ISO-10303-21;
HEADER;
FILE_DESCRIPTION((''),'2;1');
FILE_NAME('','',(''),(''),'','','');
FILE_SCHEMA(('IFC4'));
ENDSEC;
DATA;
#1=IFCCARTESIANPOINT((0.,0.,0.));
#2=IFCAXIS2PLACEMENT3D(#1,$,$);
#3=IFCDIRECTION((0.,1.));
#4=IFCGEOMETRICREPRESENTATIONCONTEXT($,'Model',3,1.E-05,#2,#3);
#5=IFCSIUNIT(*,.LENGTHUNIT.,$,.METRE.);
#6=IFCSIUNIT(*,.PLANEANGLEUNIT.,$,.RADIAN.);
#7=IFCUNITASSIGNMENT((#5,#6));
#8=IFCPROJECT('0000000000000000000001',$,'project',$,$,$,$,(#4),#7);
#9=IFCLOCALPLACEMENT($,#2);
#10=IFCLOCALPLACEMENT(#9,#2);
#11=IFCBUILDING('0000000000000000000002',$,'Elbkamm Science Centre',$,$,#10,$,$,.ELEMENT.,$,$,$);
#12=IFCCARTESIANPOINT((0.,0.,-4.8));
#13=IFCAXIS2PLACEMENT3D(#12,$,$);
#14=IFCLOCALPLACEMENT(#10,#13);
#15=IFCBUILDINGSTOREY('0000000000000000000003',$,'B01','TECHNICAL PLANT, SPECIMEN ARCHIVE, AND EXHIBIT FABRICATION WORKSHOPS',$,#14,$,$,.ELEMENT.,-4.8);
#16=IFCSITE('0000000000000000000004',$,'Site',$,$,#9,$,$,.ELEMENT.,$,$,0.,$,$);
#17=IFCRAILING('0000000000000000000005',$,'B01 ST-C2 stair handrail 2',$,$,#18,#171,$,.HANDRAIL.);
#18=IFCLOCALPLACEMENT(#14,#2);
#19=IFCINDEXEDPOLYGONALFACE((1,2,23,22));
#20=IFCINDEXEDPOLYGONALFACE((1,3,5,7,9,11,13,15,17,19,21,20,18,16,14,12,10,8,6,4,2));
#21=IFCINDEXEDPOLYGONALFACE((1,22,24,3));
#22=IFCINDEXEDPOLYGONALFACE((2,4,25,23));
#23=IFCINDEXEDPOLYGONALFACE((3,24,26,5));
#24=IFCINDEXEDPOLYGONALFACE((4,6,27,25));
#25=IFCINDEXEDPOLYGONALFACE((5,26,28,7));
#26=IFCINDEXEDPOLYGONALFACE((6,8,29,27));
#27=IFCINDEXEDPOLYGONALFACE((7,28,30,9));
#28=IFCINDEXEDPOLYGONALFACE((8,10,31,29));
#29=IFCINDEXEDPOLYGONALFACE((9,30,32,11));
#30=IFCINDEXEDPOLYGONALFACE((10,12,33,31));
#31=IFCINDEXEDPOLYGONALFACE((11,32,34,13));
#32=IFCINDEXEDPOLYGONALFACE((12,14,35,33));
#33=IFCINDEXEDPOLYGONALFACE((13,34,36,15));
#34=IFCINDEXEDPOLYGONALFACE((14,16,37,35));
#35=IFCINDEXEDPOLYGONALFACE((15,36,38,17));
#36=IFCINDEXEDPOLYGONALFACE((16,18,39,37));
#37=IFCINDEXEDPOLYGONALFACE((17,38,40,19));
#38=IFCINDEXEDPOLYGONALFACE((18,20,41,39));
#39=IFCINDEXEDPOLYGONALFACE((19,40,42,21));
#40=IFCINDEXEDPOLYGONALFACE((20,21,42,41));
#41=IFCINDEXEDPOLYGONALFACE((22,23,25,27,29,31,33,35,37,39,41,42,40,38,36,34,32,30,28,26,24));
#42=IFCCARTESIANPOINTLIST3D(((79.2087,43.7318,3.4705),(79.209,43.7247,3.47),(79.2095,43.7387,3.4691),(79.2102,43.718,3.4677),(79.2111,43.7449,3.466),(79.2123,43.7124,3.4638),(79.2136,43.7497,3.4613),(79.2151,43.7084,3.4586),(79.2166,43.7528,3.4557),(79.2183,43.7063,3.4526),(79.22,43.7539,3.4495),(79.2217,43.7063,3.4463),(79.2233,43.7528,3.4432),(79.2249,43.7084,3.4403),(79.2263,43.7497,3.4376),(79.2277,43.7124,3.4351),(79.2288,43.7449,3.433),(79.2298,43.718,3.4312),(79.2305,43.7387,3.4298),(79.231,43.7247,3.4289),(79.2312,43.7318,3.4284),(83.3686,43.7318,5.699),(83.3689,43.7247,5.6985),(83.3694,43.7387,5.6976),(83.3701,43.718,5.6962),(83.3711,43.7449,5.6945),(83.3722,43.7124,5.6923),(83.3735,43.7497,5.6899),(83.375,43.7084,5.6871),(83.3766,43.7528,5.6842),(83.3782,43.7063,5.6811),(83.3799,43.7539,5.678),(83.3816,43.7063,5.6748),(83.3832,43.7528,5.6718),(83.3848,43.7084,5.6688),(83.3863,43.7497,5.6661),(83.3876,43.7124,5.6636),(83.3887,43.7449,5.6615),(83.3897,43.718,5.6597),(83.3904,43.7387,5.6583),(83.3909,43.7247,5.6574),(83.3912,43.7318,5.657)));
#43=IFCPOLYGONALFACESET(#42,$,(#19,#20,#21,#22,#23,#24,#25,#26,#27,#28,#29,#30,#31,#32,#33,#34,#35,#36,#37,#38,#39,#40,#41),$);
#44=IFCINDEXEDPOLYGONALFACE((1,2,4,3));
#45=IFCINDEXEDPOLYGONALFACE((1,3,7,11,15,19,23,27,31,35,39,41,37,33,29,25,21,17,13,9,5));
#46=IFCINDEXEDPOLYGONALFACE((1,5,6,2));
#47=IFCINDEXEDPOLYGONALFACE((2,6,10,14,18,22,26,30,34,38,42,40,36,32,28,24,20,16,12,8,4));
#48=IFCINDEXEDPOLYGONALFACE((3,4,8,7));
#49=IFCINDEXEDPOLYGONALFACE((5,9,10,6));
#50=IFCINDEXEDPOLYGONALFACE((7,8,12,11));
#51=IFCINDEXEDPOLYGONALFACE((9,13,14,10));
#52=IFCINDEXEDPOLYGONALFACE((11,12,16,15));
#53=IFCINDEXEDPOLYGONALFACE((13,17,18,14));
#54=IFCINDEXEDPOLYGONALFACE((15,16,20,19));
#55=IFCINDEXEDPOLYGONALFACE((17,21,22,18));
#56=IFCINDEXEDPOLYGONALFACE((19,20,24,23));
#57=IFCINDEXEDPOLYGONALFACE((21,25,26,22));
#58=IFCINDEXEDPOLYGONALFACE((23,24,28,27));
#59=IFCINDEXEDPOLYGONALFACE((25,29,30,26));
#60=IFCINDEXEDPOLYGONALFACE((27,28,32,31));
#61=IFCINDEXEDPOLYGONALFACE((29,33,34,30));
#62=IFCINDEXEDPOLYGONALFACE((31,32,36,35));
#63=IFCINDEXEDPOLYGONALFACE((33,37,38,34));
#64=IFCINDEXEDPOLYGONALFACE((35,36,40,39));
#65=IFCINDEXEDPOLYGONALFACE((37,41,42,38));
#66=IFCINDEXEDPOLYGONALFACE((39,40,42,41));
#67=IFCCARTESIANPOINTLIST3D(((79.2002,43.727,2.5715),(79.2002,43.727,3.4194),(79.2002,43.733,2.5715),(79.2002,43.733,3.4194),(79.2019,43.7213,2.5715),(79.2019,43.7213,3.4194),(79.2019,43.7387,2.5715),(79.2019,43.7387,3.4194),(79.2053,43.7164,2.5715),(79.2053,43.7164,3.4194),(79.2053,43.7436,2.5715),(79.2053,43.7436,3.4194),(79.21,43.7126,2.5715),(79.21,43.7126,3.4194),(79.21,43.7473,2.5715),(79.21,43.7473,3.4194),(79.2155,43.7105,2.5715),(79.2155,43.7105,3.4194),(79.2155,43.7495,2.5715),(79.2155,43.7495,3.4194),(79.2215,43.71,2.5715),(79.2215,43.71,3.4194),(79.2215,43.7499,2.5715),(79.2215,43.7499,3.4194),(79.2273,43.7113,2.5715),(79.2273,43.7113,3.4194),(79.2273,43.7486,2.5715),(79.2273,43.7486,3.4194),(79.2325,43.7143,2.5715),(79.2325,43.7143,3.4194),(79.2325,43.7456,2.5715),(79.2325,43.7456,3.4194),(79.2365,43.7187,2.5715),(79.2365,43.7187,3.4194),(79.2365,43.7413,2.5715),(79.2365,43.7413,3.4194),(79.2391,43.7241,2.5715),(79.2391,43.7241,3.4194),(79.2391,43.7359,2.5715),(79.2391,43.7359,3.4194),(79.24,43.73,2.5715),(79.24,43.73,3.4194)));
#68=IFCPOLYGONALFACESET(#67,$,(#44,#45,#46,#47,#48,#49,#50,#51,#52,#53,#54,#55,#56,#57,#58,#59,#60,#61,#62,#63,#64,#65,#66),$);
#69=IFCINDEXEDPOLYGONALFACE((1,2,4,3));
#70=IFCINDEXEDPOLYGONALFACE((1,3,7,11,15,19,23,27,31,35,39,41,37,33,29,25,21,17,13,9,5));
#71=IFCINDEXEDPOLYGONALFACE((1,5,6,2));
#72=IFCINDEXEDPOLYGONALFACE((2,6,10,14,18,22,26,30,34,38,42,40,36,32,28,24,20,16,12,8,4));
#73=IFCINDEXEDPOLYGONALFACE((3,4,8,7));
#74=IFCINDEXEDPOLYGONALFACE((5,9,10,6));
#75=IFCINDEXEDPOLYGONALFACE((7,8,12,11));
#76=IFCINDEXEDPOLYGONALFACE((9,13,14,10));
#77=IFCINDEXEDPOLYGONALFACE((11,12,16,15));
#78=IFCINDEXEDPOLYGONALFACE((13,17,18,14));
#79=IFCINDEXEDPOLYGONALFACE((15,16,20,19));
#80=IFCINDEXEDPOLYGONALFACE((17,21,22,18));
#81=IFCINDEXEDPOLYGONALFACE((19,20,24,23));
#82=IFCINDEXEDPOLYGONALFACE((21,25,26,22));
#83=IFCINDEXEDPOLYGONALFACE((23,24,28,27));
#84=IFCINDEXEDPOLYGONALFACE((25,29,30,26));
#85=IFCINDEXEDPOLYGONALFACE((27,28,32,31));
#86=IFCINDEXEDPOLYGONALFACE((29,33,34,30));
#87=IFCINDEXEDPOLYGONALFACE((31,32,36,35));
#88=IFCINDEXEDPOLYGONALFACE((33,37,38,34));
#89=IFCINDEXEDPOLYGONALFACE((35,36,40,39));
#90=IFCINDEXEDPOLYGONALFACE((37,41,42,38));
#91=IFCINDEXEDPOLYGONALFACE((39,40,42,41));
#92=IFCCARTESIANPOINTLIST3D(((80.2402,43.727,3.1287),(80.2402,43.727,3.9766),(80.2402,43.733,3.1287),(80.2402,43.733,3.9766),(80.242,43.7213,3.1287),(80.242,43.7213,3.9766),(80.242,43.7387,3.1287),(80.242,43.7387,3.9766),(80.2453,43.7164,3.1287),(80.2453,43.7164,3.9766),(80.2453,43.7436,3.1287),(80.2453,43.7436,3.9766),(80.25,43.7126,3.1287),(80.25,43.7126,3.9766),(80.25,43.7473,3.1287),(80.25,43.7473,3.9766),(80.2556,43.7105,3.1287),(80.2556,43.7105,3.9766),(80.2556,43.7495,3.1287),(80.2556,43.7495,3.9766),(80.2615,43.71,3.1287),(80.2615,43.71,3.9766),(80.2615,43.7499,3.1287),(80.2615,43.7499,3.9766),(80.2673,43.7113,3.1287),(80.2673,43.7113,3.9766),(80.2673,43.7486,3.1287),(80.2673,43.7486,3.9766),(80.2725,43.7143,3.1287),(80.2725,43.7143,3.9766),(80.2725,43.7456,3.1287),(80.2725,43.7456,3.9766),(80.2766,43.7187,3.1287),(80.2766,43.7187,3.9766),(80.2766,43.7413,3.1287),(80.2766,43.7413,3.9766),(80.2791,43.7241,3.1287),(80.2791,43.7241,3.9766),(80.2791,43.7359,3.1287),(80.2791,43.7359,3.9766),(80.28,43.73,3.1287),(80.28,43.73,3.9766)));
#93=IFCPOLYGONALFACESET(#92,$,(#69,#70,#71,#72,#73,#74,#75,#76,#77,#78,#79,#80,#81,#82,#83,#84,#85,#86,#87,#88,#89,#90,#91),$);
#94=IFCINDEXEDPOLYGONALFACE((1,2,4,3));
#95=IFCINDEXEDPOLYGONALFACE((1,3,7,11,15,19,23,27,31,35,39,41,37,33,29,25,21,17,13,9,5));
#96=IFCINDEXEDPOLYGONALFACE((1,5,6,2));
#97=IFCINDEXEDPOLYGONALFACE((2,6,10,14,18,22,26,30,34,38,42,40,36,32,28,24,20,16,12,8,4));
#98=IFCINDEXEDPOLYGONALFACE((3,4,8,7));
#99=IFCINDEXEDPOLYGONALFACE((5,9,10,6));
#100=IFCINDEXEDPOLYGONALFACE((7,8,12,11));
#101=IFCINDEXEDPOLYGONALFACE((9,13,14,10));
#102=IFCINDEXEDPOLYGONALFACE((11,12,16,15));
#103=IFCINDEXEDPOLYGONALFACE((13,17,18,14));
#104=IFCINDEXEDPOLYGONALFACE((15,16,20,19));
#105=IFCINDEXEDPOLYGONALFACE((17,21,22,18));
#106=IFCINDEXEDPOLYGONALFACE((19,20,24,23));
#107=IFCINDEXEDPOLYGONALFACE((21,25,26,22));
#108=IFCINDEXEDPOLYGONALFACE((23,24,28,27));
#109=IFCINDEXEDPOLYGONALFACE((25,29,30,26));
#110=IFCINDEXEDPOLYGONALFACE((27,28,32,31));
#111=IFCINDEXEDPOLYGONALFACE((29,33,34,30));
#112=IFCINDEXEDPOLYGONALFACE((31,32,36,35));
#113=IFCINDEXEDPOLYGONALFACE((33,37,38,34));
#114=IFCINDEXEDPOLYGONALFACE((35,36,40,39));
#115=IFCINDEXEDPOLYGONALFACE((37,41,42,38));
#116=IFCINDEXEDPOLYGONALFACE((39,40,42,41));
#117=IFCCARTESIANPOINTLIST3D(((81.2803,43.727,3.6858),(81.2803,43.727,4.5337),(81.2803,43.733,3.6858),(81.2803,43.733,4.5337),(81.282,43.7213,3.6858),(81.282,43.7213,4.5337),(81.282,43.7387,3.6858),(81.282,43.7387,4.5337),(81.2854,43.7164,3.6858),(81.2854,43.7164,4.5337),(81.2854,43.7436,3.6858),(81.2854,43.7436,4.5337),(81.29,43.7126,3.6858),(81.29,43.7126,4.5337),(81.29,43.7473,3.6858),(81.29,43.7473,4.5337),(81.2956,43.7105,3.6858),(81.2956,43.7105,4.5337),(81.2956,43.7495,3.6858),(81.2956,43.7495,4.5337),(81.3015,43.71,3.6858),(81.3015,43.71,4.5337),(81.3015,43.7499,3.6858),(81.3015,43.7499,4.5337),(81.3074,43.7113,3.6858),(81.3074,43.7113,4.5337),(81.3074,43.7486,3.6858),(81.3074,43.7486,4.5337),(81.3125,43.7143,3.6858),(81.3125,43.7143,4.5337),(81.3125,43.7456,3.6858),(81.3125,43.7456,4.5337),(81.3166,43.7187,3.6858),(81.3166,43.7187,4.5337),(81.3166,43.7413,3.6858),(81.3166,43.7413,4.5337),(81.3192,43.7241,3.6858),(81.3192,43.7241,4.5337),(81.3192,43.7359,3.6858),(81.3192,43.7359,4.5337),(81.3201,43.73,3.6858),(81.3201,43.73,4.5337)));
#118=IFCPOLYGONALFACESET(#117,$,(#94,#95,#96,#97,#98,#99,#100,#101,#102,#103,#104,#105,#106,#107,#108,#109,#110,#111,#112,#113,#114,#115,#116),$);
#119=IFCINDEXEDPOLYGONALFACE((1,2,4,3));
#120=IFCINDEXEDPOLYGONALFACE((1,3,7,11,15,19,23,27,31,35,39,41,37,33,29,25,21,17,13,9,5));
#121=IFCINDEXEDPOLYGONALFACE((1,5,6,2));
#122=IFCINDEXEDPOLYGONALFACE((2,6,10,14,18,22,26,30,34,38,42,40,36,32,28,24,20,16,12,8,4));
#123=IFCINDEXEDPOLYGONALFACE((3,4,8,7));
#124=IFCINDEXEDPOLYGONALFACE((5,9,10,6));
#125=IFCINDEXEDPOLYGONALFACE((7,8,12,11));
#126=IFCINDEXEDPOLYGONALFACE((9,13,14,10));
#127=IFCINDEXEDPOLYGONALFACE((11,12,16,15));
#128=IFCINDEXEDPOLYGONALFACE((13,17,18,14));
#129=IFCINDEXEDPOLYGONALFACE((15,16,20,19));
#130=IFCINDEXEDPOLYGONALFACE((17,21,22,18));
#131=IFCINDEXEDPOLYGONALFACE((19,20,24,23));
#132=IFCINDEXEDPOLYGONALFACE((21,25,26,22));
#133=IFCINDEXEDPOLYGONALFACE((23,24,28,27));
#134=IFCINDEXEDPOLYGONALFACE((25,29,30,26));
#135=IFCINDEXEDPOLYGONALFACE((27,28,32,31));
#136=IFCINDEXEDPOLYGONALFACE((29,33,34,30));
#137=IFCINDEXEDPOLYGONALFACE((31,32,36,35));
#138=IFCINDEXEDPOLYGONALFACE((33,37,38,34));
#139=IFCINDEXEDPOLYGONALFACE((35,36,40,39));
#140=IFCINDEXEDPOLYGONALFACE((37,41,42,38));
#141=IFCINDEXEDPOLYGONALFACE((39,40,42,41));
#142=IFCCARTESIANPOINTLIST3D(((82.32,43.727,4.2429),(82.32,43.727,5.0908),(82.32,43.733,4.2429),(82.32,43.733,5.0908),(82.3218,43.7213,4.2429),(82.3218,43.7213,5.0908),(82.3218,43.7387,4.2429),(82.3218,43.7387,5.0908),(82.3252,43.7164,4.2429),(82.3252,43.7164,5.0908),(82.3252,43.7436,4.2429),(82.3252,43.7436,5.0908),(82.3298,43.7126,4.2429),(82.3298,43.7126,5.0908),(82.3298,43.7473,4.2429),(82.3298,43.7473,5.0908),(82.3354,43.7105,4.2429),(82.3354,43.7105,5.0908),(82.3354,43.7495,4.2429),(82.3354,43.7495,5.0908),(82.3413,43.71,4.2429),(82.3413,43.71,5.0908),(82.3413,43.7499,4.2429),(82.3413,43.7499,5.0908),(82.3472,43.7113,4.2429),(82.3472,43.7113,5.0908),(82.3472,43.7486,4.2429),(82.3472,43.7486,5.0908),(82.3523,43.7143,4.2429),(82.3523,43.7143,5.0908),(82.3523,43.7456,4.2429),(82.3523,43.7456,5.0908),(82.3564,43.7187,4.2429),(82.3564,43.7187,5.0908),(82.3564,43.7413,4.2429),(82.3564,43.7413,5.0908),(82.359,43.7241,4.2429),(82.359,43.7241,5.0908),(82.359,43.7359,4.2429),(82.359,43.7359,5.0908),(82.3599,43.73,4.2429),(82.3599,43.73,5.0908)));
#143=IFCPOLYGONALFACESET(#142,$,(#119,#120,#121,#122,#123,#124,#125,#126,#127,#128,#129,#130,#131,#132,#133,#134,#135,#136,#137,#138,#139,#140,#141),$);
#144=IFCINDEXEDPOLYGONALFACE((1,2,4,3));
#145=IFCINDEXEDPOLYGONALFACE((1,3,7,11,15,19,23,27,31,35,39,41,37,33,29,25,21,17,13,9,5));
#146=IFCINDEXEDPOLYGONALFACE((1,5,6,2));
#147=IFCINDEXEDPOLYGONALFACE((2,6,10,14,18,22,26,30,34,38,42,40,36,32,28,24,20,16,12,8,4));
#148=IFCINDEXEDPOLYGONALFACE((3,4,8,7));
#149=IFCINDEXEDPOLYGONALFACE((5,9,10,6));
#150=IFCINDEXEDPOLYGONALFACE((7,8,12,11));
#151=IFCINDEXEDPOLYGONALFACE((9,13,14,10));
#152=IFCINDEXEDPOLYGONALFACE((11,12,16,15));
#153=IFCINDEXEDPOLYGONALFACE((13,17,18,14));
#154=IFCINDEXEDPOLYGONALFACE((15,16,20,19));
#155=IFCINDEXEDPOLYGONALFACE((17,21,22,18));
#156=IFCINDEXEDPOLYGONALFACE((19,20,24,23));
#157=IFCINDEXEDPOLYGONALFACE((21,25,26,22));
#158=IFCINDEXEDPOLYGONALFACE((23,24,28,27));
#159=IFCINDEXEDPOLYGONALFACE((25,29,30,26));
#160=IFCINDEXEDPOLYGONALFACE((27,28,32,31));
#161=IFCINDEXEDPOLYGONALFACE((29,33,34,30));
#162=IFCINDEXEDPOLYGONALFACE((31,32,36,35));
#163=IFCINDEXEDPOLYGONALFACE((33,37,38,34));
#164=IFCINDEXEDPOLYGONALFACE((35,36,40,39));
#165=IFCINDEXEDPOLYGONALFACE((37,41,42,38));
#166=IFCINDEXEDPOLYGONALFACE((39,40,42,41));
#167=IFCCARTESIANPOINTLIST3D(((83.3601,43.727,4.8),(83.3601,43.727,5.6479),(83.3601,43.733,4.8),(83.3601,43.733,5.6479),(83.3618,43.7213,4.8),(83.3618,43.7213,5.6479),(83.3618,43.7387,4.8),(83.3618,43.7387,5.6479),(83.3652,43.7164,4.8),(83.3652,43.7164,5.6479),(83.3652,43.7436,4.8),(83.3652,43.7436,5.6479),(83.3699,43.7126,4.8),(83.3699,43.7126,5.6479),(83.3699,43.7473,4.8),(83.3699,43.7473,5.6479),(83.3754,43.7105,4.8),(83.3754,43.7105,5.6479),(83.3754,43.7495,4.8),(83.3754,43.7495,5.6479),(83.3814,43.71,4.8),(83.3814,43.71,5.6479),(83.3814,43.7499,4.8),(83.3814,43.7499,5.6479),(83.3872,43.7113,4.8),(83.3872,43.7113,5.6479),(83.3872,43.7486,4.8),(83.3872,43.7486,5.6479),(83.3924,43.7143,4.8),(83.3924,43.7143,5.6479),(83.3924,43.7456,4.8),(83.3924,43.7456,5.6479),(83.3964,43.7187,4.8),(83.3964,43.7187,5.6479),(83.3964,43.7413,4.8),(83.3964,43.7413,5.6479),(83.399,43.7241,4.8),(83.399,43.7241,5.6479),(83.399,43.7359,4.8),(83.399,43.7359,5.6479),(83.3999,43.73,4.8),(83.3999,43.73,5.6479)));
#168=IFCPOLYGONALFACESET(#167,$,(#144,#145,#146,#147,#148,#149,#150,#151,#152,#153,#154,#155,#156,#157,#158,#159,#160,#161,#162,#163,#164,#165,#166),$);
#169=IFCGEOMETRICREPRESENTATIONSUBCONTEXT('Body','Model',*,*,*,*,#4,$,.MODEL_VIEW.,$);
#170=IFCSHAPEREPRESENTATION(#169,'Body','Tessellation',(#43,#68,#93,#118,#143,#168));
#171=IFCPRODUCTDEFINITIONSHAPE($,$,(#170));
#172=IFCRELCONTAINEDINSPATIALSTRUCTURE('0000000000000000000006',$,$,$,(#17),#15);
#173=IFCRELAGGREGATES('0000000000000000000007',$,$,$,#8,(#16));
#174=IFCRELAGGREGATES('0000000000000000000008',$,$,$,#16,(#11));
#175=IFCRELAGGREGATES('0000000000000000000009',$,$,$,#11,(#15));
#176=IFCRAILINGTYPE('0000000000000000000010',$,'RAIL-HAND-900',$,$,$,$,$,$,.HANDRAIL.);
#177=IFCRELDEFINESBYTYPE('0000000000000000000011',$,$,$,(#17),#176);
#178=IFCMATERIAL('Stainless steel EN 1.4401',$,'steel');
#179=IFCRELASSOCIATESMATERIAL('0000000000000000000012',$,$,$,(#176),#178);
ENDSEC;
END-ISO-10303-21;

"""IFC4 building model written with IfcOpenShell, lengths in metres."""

from ifc_helpers import new_model, si_unit, direction, frame, origin, origin_2d, place, context, subcontext, project, spatial, circle, extrude, material, type_object, element, save


model = new_model("IFC4")

# Units and contexts
model_context = context("Model", 3, precision=1e-05, world=origin(), true_north=direction((0.0, 1.0)))
body_context = subcontext(model_context, "Body", "Model", "MODEL_VIEW")
ifc_project = project(units=[si_unit("LENGTHUNIT", "METRE"), si_unit("PLANEANGLEUNIT", "RADIAN")], contexts=[model_context])

# Site, building, storey
site_placement = place(None, origin())
site = spatial("IfcSite", under=ifc_project, at=site_placement, Name="Site", CompositionType="ELEMENT", RefElevation=0.0)
building_placement = place(site_placement, origin())
building = spatial("IfcBuilding", under=site, at=building_placement, Name="Elbkamm Science Centre", CompositionType="ELEMENT")
storey_placement = place(building_placement, frame((0.0, 0.0, -4.8)))
storey = spatial("IfcBuildingStorey", under=building, at=storey_placement, Name="B01", Description="TECHNICAL PLANT, SPECIMEN ARCHIVE, AND EXHIBIT FABRICATION WORKSHOPS", CompositionType="ELEMENT", Elevation=-4.8)

# Railing
ifc_material_1 = material(Name="Stainless steel EN 1.4401", Category="steel")
railing_type_1 = type_object("IfcRailingType", Name="RAIL-HAND-900", PredefinedType="HANDRAIL", material=ifc_material_1)
railing_1_placement = place(storey_placement, frame((79.22, 43.73, 2.5715)))
element("IfcRailing", 1, at=railing_1_placement, inside=storey, type_object=railing_type_1, Name="B01 ST-C2 stair handrail 2", PredefinedType="HANDRAIL", context=body_context, shape_type="SweptSolid", body=[
    extrude(circle(Radius=0.0239, at=origin_2d()), frame((0.0, 0.0, 0.8779), z_axis=(0.881481, 0.0, 0.47222), x_axis=(0.0, 1.0, 0.0)), (0.0, 0.0, 1.0), 4.7192),
    extrude(circle(Radius=0.02, at=origin_2d()), origin(), (0.0, 0.0, 1.0), 0.8479),
    extrude(circle(Radius=0.02, at=origin_2d()), frame((1.04, 0.0, 0.5571)), (0.0, 0.0, 1.0), 0.8479),
    extrude(circle(Radius=0.02, at=origin_2d()), frame((2.0801, 0.0, 1.1143)), (0.0, 0.0, 1.0), 0.8479),
    extrude(circle(Radius=0.02, at=origin_2d()), frame((3.1199, 0.0, 1.6714)), (0.0, 0.0, 1.0), 0.8479),
    extrude(circle(Radius=0.02, at=origin_2d()), frame((4.1599, 0.0, 2.2285)), (0.0, 0.0, 1.0), 0.8479),
])

save(model, "model.ifc")
